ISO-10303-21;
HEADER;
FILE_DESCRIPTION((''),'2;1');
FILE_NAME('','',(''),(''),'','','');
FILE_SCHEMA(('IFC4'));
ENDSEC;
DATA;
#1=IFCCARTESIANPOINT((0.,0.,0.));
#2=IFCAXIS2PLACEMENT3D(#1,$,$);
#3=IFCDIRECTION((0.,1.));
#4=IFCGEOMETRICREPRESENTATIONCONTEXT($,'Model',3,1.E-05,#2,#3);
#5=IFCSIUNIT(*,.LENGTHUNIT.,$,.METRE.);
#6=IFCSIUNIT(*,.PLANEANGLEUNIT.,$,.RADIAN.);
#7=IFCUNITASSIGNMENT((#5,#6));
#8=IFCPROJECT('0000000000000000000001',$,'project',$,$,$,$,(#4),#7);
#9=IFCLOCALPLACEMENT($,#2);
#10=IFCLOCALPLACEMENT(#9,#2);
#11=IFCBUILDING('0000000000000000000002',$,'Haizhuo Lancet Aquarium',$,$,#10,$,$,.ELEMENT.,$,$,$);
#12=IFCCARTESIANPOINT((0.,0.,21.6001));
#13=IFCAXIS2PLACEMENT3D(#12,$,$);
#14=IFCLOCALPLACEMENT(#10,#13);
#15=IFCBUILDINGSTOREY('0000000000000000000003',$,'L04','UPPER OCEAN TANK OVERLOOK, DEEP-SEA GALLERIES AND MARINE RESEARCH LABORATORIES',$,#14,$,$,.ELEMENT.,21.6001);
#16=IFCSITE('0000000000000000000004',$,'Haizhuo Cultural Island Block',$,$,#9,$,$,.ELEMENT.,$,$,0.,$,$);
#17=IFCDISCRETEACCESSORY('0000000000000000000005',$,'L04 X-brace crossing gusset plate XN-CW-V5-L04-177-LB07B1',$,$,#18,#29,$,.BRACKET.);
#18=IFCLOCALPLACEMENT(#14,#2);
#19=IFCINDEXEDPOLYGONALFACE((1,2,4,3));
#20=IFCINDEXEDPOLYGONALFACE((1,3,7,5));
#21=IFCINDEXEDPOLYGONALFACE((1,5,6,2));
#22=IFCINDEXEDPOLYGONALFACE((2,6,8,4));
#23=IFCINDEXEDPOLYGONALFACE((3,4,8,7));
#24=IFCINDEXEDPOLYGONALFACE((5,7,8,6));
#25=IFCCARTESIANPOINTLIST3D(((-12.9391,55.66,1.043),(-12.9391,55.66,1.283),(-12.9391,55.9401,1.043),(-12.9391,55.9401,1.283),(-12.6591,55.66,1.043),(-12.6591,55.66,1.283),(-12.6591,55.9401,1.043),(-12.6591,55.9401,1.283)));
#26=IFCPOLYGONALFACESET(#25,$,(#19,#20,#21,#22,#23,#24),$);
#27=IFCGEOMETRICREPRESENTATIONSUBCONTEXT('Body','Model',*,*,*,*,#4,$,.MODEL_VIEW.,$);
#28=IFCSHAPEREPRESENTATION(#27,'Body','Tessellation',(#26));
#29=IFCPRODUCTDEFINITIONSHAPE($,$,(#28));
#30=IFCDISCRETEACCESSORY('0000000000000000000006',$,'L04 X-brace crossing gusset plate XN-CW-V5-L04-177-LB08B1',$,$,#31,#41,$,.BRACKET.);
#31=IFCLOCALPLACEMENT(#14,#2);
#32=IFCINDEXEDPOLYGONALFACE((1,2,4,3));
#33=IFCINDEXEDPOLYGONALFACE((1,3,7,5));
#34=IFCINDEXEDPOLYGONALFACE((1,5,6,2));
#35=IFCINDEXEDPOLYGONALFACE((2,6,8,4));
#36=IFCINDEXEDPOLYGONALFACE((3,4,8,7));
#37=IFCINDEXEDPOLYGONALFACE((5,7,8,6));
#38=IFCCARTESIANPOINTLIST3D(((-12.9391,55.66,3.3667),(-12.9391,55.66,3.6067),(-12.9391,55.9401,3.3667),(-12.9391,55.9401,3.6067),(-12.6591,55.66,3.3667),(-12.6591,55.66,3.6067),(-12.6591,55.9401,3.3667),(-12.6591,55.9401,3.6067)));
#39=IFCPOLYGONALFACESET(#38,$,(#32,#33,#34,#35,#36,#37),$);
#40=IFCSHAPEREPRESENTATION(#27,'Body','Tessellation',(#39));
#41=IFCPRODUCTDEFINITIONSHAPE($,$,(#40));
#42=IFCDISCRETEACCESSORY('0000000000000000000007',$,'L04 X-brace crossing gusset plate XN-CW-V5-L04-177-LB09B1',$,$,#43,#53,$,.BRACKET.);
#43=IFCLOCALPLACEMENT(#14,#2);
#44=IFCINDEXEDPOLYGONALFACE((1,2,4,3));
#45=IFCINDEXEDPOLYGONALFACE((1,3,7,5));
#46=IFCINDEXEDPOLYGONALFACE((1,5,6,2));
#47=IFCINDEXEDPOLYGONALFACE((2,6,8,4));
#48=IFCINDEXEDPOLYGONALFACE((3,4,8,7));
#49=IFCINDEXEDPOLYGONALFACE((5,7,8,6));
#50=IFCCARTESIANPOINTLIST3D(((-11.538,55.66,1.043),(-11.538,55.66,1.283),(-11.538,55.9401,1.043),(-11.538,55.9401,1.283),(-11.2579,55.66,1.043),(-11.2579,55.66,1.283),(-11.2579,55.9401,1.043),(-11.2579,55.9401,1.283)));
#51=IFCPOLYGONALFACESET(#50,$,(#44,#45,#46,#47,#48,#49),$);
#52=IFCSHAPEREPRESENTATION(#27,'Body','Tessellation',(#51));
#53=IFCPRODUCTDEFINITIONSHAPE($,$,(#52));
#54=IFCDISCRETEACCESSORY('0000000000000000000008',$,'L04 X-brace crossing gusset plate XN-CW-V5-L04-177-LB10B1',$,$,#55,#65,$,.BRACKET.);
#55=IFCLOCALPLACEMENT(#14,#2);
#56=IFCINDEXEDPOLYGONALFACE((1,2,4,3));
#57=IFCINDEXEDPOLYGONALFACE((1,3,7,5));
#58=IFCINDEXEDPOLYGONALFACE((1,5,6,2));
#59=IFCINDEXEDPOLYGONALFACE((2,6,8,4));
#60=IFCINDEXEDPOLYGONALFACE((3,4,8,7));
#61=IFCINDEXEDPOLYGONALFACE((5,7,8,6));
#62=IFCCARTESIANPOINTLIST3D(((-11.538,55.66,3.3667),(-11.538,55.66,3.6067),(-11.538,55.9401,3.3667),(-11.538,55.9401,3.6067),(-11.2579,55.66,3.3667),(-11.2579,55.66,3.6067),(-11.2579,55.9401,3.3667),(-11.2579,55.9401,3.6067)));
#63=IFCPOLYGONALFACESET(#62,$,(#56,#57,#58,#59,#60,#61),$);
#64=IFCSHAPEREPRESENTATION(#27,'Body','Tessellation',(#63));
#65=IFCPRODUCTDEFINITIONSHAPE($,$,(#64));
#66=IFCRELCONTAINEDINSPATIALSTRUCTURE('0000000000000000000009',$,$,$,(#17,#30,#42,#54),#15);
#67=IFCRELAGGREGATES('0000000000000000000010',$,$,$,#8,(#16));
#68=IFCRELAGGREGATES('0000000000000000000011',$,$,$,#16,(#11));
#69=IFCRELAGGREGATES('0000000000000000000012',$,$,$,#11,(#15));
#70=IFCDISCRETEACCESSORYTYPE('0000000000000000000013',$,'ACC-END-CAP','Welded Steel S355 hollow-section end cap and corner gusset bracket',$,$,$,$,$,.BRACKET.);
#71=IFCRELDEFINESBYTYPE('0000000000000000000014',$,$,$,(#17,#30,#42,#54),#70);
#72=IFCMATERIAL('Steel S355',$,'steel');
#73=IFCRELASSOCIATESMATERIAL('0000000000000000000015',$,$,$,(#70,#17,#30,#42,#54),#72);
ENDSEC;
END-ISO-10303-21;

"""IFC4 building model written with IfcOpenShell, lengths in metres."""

from ifc_helpers import new_model, si_unit, direction, frame, origin, origin_2d, place, context, subcontext, project, spatial, rectangle, extrude, material, type_object, element, save


model = new_model("IFC4")

# Units and contexts
model_context = context("Model", 3, precision=1e-05, world=origin(), true_north=direction((0.0, 1.0)))
body_context = subcontext(model_context, "Body", "Model", "MODEL_VIEW")
ifc_project = project(units=[si_unit("LENGTHUNIT", "METRE"), si_unit("PLANEANGLEUNIT", "RADIAN")], contexts=[model_context])

# Site, building, storey
site_placement = place(None, origin())
site = spatial("IfcSite", under=ifc_project, at=site_placement, Name="Haizhuo Cultural Island Block", CompositionType="ELEMENT", RefElevation=0.0)
building_placement = place(site_placement, origin())
building = spatial("IfcBuilding", under=site, at=building_placement, Name="Haizhuo Lancet Aquarium", CompositionType="ELEMENT")
storey_placement = place(building_placement, frame((0.0, 0.0, 21.6001)))
storey = spatial("IfcBuildingStorey", under=building, at=storey_placement, Name="L04", Description="UPPER OCEAN TANK OVERLOOK, DEEP-SEA GALLERIES AND MARINE RESEARCH LABORATORIES", CompositionType="ELEMENT", Elevation=21.6001)

# Shared definitions
ifc_material_1 = material(Name="Steel S355", Category="steel")

# Discrete accessories
discrete_accessory_type = type_object("IfcDiscreteAccessoryType", Name="ACC-END-CAP", Description="Welded Steel S355 hollow-section end cap and corner gusset bracket", PredefinedType="BRACKET", material=ifc_material_1)
for number, where, z_axis, x_axis, name in (
    (1, (-12.7991, 55.8, 1.043), (0.0, 0.0, 1.0), (1.0, 0.0, 0.0), "L04 X-brace crossing gusset plate XN-CW-V5-L04-177-LB07B1"),
    (2, (-12.7991, 55.8, 3.3667), (0.0, 0.0, 1.0), (1.0, 0.0, 0.0), "L04 X-brace crossing gusset plate XN-CW-V5-L04-177-LB08B1"),
    (3, (-11.3979, 55.8, 1.043), (0.0, 0.0, 1.0), (1.0, 0.0, 0.0), "L04 X-brace crossing gusset plate XN-CW-V5-L04-177-LB09B1"),
    (4, (-11.3979, 55.8, 3.3667), (0.0, 0.0, 1.0), (1.0, 0.0, 0.0), "L04 X-brace crossing gusset plate XN-CW-V5-L04-177-LB10B1"),
):
    element("IfcDiscreteAccessory", number, at=place(storey_placement, frame(where, z_axis=z_axis, x_axis=x_axis)), inside=storey, type_object=discrete_accessory_type, material=ifc_material_1, Name=name, PredefinedType="BRACKET", context=body_context, shape_type="SweptSolid", body=[
        extrude(rectangle(XDim=0.28, YDim=0.28, at=origin_2d()), origin(), (0.0, 0.0, 1.0), 0.24),
    ])

save(model, "model.ifc")
